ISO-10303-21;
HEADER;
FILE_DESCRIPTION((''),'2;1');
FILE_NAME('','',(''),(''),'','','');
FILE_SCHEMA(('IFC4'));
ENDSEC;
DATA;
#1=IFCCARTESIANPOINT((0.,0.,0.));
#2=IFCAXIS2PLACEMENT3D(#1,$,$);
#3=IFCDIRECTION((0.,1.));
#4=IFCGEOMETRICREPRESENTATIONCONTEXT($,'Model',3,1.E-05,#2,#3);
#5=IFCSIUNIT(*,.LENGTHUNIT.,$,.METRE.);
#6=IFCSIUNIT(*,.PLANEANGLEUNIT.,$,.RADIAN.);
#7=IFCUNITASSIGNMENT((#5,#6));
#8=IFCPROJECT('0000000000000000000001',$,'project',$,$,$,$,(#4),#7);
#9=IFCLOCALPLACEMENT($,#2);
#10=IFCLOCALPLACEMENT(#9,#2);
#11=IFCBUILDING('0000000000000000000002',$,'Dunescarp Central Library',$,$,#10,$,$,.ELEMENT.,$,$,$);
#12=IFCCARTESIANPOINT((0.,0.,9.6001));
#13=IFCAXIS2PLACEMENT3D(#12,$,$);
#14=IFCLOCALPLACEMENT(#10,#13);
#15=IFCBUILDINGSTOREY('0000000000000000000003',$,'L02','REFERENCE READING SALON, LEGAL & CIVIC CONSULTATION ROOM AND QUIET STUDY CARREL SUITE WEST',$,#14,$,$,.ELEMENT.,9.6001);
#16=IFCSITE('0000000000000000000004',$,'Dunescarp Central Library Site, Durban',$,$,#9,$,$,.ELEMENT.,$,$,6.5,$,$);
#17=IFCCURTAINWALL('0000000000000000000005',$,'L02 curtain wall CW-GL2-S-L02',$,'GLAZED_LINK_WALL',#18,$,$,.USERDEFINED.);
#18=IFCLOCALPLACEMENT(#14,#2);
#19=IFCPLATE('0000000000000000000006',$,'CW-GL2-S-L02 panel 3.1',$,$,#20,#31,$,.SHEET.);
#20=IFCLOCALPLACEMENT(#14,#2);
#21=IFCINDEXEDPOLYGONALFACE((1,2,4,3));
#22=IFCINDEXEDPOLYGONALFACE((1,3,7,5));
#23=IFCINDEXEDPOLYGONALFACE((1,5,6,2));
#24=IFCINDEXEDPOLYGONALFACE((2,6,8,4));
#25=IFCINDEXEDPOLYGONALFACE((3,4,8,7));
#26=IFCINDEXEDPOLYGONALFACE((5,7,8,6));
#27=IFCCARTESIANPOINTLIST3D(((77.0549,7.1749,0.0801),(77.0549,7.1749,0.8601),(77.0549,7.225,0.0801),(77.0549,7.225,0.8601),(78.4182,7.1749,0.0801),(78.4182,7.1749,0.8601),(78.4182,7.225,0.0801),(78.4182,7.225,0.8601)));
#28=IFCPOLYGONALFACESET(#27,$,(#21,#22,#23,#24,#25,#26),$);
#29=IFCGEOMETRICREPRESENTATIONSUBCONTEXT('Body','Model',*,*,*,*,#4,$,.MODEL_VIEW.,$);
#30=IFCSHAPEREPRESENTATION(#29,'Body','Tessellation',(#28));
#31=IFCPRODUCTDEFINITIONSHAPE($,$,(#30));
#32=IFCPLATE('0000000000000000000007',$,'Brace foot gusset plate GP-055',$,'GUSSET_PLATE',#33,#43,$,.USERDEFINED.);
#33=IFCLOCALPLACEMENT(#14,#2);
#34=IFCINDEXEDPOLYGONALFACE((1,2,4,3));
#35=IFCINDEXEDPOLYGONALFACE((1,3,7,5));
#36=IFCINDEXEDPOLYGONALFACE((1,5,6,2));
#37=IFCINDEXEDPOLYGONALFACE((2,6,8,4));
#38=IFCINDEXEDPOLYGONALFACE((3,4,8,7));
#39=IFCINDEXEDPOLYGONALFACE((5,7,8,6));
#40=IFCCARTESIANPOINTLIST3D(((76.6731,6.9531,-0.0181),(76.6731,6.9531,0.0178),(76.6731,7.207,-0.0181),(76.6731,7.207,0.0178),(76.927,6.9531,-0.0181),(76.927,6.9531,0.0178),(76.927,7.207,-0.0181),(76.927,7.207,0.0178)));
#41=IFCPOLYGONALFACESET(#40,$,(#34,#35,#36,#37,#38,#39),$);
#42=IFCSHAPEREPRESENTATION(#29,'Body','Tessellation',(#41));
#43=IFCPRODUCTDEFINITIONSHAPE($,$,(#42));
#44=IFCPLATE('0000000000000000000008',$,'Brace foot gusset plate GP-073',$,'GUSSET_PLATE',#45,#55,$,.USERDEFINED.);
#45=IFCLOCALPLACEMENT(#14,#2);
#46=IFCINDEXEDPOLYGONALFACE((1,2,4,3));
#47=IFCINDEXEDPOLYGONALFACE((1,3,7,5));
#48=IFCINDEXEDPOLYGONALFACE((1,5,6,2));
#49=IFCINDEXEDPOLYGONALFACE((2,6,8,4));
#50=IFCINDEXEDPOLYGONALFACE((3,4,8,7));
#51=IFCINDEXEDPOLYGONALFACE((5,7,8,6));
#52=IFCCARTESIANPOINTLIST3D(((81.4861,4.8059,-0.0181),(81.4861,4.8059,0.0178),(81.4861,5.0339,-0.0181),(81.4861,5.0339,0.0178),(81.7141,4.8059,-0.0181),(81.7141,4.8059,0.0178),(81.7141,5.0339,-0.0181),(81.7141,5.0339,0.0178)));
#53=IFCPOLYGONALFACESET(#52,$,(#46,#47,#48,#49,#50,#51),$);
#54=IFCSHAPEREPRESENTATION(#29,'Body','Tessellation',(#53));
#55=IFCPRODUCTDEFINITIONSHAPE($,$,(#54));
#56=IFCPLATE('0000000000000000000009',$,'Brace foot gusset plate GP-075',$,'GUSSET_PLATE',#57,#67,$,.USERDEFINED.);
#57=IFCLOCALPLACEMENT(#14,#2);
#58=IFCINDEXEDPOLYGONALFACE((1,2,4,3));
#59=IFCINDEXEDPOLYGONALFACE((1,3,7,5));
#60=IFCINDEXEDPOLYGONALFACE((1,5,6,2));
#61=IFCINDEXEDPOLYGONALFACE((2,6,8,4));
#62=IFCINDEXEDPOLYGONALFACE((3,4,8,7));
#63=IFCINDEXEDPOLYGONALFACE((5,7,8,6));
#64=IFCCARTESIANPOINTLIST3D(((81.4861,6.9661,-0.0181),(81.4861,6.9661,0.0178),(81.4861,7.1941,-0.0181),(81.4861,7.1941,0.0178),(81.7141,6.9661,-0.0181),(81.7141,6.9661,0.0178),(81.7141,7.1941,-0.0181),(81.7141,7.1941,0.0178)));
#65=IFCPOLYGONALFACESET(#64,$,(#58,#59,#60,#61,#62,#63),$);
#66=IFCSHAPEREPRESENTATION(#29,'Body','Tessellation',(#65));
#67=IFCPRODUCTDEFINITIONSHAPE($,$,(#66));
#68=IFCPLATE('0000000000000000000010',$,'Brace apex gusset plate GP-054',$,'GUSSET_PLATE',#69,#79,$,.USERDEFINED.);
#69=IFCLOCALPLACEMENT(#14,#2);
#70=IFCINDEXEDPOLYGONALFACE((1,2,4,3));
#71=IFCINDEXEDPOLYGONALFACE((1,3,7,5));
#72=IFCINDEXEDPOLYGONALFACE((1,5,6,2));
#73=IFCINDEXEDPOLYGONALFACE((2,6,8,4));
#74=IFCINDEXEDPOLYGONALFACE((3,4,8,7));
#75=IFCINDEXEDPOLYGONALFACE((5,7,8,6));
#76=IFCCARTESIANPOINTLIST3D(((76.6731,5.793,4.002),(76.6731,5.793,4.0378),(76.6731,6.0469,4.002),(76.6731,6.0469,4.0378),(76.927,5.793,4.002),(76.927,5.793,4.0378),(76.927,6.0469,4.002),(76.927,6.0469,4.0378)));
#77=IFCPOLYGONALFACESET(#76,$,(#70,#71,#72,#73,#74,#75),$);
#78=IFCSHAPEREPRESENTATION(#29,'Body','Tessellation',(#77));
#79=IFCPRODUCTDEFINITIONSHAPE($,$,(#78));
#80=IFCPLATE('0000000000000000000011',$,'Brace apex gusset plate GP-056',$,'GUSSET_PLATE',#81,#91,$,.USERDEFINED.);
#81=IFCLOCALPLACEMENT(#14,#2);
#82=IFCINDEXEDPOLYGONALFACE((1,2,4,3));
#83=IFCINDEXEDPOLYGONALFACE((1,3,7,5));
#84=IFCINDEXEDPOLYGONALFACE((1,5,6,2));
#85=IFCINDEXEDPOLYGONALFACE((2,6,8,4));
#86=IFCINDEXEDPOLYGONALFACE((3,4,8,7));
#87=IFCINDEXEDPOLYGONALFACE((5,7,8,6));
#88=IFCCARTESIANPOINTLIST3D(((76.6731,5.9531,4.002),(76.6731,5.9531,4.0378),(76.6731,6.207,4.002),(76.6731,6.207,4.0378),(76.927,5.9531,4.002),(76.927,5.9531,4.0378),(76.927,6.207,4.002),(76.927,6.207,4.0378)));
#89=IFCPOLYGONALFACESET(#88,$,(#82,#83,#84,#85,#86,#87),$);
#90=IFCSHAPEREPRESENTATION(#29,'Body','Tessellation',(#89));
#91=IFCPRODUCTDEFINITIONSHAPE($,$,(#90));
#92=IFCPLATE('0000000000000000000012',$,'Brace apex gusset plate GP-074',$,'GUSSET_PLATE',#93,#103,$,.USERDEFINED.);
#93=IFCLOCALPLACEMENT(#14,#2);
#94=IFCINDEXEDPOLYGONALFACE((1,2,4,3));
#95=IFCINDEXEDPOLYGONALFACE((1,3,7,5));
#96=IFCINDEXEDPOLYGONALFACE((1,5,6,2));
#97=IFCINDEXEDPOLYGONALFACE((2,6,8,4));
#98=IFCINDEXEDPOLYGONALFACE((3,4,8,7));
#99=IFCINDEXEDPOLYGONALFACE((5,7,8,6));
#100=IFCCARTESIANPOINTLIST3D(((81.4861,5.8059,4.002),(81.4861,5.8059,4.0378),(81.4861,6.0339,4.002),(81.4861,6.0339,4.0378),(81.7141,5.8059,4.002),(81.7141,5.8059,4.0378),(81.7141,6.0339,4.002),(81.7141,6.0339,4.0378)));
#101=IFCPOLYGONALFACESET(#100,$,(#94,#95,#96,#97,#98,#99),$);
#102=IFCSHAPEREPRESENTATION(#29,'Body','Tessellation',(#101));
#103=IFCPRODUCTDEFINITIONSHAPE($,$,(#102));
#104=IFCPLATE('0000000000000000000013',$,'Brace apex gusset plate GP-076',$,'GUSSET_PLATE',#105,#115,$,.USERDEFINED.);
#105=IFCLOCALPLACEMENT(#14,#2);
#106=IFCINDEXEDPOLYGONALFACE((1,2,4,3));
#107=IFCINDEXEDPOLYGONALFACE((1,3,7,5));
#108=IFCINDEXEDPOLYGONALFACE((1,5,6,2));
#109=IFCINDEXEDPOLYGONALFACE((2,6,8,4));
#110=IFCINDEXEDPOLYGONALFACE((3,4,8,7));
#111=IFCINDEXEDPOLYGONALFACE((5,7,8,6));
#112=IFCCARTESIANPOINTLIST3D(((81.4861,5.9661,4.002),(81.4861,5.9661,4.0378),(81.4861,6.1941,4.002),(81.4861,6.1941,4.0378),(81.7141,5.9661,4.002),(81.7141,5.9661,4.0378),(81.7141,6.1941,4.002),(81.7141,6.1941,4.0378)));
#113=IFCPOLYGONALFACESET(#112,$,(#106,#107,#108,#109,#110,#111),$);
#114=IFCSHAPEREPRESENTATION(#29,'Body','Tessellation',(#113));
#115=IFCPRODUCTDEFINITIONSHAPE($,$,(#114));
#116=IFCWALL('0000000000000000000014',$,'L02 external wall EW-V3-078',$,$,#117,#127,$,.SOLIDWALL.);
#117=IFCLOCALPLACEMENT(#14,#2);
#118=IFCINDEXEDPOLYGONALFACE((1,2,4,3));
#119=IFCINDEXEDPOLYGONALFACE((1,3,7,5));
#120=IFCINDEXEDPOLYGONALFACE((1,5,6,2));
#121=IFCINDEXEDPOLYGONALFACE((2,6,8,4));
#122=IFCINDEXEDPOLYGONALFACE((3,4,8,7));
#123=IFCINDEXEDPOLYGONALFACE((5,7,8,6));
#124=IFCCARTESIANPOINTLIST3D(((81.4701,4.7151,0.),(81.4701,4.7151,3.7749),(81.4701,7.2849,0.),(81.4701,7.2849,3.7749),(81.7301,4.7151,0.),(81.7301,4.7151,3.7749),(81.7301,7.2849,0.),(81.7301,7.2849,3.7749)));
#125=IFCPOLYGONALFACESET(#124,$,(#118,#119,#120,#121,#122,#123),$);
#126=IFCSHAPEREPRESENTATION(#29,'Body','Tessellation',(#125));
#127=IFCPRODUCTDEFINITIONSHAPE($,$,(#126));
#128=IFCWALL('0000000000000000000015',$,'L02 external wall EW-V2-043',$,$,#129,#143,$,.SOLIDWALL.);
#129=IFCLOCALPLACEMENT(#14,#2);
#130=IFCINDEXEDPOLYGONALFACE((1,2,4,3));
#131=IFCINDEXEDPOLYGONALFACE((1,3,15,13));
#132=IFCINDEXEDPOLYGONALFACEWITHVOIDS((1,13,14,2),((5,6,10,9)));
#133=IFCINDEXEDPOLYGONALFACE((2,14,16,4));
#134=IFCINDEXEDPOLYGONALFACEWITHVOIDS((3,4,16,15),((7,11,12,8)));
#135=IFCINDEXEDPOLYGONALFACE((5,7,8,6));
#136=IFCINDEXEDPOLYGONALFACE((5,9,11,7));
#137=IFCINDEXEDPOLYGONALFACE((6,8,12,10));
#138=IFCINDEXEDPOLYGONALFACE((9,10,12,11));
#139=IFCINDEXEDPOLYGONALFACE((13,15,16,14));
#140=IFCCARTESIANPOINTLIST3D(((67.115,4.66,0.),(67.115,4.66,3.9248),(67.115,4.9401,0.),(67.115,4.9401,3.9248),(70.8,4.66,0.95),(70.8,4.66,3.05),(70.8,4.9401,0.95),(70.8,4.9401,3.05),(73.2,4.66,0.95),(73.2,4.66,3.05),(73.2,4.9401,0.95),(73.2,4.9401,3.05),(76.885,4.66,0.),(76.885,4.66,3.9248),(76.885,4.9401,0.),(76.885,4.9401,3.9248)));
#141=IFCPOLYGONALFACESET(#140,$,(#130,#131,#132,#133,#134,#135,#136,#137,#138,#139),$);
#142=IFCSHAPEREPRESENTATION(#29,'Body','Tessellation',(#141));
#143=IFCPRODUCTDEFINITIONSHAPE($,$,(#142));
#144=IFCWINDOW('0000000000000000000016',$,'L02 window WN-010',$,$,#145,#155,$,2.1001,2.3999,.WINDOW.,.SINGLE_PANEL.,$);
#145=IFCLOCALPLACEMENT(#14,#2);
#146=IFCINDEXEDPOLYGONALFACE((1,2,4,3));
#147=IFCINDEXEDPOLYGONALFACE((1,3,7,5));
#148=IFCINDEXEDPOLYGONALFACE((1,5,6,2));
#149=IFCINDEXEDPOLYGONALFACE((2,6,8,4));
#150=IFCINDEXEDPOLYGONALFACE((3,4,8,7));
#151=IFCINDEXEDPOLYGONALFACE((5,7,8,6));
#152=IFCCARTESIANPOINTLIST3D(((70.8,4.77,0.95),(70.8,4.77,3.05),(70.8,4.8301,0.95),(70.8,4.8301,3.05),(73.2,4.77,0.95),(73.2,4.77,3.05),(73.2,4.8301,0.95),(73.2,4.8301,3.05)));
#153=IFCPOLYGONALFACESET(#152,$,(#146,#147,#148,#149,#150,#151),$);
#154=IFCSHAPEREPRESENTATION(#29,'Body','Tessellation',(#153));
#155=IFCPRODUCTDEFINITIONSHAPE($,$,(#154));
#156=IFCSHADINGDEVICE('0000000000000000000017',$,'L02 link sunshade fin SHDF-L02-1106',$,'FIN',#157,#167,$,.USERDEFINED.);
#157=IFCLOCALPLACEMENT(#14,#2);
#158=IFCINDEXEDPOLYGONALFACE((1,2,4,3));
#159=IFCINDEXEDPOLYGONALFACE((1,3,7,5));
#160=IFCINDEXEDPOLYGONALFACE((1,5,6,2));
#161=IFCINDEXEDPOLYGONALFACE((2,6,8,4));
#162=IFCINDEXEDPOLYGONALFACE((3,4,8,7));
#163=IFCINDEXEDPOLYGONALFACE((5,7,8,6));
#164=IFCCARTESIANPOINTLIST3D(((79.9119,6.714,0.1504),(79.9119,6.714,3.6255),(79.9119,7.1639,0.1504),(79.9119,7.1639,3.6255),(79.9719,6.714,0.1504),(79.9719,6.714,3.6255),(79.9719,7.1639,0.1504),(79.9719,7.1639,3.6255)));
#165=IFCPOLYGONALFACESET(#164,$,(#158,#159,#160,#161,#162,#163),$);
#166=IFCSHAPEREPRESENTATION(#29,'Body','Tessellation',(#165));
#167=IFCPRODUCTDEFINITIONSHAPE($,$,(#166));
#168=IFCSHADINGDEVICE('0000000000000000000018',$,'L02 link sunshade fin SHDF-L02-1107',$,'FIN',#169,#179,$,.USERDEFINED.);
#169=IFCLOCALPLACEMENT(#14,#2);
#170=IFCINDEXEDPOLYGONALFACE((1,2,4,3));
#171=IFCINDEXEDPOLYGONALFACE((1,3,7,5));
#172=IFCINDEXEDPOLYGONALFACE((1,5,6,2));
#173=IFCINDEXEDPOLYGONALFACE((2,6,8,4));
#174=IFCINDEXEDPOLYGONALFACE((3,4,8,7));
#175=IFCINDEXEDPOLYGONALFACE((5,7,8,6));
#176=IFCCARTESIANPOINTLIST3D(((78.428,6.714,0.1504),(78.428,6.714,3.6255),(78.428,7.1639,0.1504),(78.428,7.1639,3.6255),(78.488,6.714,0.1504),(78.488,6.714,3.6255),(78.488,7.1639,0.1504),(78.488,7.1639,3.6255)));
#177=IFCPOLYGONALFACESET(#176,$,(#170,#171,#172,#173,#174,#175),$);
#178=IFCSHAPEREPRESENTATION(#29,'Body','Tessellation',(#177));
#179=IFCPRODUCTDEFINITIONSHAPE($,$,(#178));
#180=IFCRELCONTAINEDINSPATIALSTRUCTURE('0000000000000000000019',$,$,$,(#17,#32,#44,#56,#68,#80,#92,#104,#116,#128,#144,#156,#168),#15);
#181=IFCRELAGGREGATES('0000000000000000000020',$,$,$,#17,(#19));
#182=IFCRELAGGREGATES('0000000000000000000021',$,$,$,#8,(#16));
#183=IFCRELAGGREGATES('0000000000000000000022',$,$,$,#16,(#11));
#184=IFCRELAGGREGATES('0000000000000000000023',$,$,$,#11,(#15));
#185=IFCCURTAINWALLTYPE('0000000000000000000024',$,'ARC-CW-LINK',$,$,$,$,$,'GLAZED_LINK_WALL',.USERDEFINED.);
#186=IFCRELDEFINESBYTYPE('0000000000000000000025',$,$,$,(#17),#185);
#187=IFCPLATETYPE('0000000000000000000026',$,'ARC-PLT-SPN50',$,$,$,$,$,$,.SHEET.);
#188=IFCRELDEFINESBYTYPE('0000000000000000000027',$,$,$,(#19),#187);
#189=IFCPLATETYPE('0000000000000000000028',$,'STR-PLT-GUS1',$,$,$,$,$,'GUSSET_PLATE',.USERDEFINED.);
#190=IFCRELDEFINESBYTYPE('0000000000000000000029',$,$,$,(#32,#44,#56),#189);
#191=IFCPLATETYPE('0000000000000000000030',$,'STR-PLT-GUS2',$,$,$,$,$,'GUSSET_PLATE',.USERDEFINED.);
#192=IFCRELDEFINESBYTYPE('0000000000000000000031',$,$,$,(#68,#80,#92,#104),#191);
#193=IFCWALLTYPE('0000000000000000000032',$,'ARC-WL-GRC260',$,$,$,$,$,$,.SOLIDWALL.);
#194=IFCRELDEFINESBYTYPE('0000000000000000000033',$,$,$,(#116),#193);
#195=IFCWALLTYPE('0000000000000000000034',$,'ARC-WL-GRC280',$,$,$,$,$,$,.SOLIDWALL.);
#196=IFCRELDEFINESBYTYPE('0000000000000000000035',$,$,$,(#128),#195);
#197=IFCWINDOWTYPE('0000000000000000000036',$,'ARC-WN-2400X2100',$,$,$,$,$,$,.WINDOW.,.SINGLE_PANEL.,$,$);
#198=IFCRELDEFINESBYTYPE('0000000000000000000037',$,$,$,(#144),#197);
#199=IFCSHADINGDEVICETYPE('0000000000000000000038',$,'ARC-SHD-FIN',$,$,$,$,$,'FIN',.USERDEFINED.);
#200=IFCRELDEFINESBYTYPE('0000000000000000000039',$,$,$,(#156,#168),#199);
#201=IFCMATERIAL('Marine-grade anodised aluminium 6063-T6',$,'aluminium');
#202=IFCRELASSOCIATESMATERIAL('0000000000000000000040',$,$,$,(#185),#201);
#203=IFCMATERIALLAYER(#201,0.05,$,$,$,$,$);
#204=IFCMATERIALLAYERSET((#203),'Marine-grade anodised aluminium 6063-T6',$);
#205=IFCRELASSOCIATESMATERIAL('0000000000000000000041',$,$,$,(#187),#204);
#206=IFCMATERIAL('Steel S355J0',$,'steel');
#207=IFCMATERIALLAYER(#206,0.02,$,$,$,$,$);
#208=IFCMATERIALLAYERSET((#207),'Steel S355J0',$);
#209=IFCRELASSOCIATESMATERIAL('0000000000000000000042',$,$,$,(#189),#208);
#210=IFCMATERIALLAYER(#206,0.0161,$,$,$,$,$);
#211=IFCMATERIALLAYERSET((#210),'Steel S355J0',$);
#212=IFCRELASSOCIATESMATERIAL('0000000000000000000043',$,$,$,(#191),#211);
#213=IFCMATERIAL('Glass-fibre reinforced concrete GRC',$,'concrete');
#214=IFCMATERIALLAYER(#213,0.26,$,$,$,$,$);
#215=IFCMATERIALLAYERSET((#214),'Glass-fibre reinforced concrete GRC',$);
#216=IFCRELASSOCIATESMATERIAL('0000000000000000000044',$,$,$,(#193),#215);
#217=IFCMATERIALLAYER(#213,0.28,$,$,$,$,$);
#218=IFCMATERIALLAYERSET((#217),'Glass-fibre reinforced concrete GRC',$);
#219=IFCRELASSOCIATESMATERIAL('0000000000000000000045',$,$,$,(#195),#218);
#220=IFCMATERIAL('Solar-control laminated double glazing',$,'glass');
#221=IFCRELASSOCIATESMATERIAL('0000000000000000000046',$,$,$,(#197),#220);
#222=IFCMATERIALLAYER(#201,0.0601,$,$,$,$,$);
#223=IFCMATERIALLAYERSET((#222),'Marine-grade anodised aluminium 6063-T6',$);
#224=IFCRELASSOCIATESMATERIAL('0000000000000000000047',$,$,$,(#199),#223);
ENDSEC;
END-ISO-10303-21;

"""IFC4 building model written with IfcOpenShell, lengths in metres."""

from ifc_helpers import new_model, si_unit, direction, frame, frame_2d, origin, origin_2d, place, context, subcontext, project, spatial, rectangle, extrude, material, layer, layer_set, type_object, element, fill, aggregate, save


model = new_model("IFC4")

# Units and contexts
model_context = context("Model", 3, precision=1e-05, world=origin(), true_north=direction((0.0, 1.0)))
body_context = subcontext(model_context, "Body", "Model", "MODEL_VIEW")
ifc_project = project(units=[si_unit("LENGTHUNIT", "METRE"), si_unit("PLANEANGLEUNIT", "RADIAN")], contexts=[model_context])

# Site, building, storey
site_placement = place(None, origin())
site = spatial("IfcSite", under=ifc_project, at=site_placement, Name="Dunescarp Central Library Site, Durban", CompositionType="ELEMENT", RefElevation=6.5)
building_placement = place(site_placement, origin())
building = spatial("IfcBuilding", under=site, at=building_placement, Name="Dunescarp Central Library", CompositionType="ELEMENT")
storey_placement = place(building_placement, frame((0.0, 0.0, 9.6001)))
storey = spatial("IfcBuildingStorey", under=building, at=storey_placement, Name="L02", Description="REFERENCE READING SALON, LEGAL & CIVIC CONSULTATION ROOM AND QUIET STUDY CARREL SUITE WEST", CompositionType="ELEMENT", Elevation=9.6001)

# Curtain wall
ifc_material_1 = material(Name="Marine-grade anodised aluminium 6063-T6", Category="aluminium")
curtain_wall_type = type_object("IfcCurtainWallType", Name="ARC-CW-LINK", ElementType="GLAZED_LINK_WALL", PredefinedType="USERDEFINED", material=ifc_material_1)
curtain_wall_placement = place(storey_placement, origin())
curtain_wall = element("IfcCurtainWall", 1, at=curtain_wall_placement, inside=storey, type_object=curtain_wall_type, Name="L02 curtain wall CW-GL2-S-L02", ObjectType="GLAZED_LINK_WALL", PredefinedType="USERDEFINED")

# Shared definitions
ifc_material_2 = material(Name="Steel S355J0", Category="steel")

# Plate
ifc_material_3 = material(Name="Solar-control laminated double glazing", Category="glass")
ifc_layer_1 = layer(ifc_material_1, 0.05)
ifc_layer_set_1 = layer_set([ifc_layer_1], Name="Marine-grade anodised aluminium 6063-T6")
plate_type_1 = type_object("IfcPlateType", Name="ARC-PLT-SPN50", PredefinedType="SHEET", material=ifc_layer_set_1)
plate_1_placement = place(storey_placement, frame((77.7366, 7.2, 0.0801), z_axis=(0.0, 0.0, 1.0), x_axis=(-1.0, 0.0, 0.0)))
plate_1 = element("IfcPlate", 2, at=plate_1_placement, type_object=plate_type_1, Name="CW-GL2-S-L02 panel 3.1", PredefinedType="SHEET", context=body_context, shape_type="SweptSolid", body=[
    extrude(rectangle(XDim=1.3633, YDim=0.05, at=origin_2d()), origin(), (0.0, 0.0, 1.0), 0.78),
])
aggregate(curtain_wall, [plate_1])

# Plates
ifc_layer_2 = layer(ifc_material_2, 0.02)
ifc_layer_set_2 = layer_set([ifc_layer_2], Name="Steel S355J0")
plate_type_2 = type_object("IfcPlateType", Name="STR-PLT-GUS1", ElementType="GUSSET_PLATE", PredefinedType="USERDEFINED", material=ifc_layer_set_2)
plate_2_placement = place(storey_placement, frame((76.8, 7.0801, -0.0181), z_axis=(0.0, 0.0, 1.0), x_axis=(1.0, 0.0, 0.0)))
element("IfcPlate", 3, at=plate_2_placement, inside=storey, type_object=plate_type_2, Name="Brace foot gusset plate GP-055", ObjectType="GUSSET_PLATE", PredefinedType="USERDEFINED", context=body_context, shape_type="SweptSolid", body=[
    extrude(rectangle(XDim=0.2539, YDim=0.2539, at=origin_2d()), origin(), (0.0, 0.0, 1.0), 0.0359),
])
for number, where, z_axis, x_axis, name in (
    (4, (81.6001, 4.9199, -0.0181), (0.0, 0.0, 1.0), (1.0, 0.0, 0.0), "Brace foot gusset plate GP-073"),
    (5, (81.6001, 7.0801, -0.0181), (0.0, 0.0, 1.0), (1.0, 0.0, 0.0), "Brace foot gusset plate GP-075"),
):
    element("IfcPlate", number, at=place(storey_placement, frame(where, z_axis=z_axis, x_axis=x_axis)), inside=storey, type_object=plate_type_2, Name=name, ObjectType="GUSSET_PLATE", PredefinedType="USERDEFINED", context=body_context, shape_type="SweptSolid", body=[
        extrude(rectangle(XDim=0.228, YDim=0.228, at=origin_2d()), origin(), (0.0, 0.0, 1.0), 0.0359),
    ])
ifc_layer_3 = layer(ifc_material_2, 0.0161)
ifc_layer_set_3 = layer_set([ifc_layer_3], Name="Steel S355J0")
plate_type_3 = type_object("IfcPlateType", Name="STR-PLT-GUS2", ElementType="GUSSET_PLATE", PredefinedType="USERDEFINED", material=ifc_layer_set_3)
for number, where, z_axis, x_axis, name in (
    (6, (76.8, 5.9199, 4.002), (0.0, 0.0, 1.0), (1.0, 0.0, 0.0), "Brace apex gusset plate GP-054"),
    (7, (76.8, 6.0801, 4.002), (0.0, 0.0, 1.0), (1.0, 0.0, 0.0), "Brace apex gusset plate GP-056"),
):
    element("IfcPlate", number, at=place(storey_placement, frame(where, z_axis=z_axis, x_axis=x_axis)), inside=storey, type_object=plate_type_3, Name=name, ObjectType="GUSSET_PLATE", PredefinedType="USERDEFINED", context=body_context, shape_type="SweptSolid", body=[
        extrude(rectangle(XDim=0.2539, YDim=0.2539, at=origin_2d()), origin(), (0.0, 0.0, 1.0), 0.0359),
    ])
for number, where, z_axis, x_axis, name in (
    (8, (81.6001, 5.9199, 4.002), (0.0, 0.0, 1.0), (1.0, 0.0, 0.0), "Brace apex gusset plate GP-074"),
    (9, (81.6001, 6.0801, 4.002), (0.0, 0.0, 1.0), (1.0, 0.0, 0.0), "Brace apex gusset plate GP-076"),
):
    element("IfcPlate", number, at=place(storey_placement, frame(where, z_axis=z_axis, x_axis=x_axis)), inside=storey, type_object=plate_type_3, Name=name, ObjectType="GUSSET_PLATE", PredefinedType="USERDEFINED", context=body_context, shape_type="SweptSolid", body=[
        extrude(rectangle(XDim=0.228, YDim=0.228, at=origin_2d()), origin(), (0.0, 0.0, 1.0), 0.0359),
    ])

# Wall
ifc_material_4 = material(Name="Glass-fibre reinforced concrete GRC", Category="concrete")
ifc_layer_4 = layer(ifc_material_4, 0.26)
ifc_layer_set_4 = layer_set([ifc_layer_4], Name="Glass-fibre reinforced concrete GRC")
wall_type_1 = type_object("IfcWallType", Name="ARC-WL-GRC260", PredefinedType="SOLIDWALL", material=ifc_layer_set_4)
wall_1_placement = place(storey_placement, frame((81.6001, 4.7151, 0.0), z_axis=(0.0, 0.0, 1.0), x_axis=(0.0, 1.0, 0.0)))
element("IfcWall", 10, at=wall_1_placement, inside=storey, type_object=wall_type_1, Name="L02 external wall EW-V3-078", PredefinedType="SOLIDWALL", context=body_context, shape_type="SweptSolid", body=[
    extrude(rectangle(XDim=2.5698, YDim=0.26, at=frame_2d((1.2849, 0.0))), origin(), (0.0, 0.0, 1.0), 3.7749),
])

# Wall, opening, window
ifc_layer_5 = layer(ifc_material_4, 0.28)
ifc_layer_set_5 = layer_set([ifc_layer_5], Name="Glass-fibre reinforced concrete GRC")
wall_type_2 = type_object("IfcWallType", Name="ARC-WL-GRC280", PredefinedType="SOLIDWALL", material=ifc_layer_set_5)
wall_2_placement = place(storey_placement, frame((76.885, 4.8, 0.0), z_axis=(0.0, 0.0, 1.0), x_axis=(-1.0, 0.0, 0.0)))
wall_2 = element("IfcWall", 11, at=wall_2_placement, inside=storey, type_object=wall_type_2, Name="L02 external wall EW-V2-043", PredefinedType="SOLIDWALL", context=body_context, shape_type="SweptSolid", body=[
    extrude(rectangle(XDim=9.77, YDim=0.28, at=frame_2d((4.885, 0.0))), origin(), (0.0, 0.0, 1.0), 3.9248),
])
opening_placement = place(wall_2_placement, frame((3.6851, 0.0, 0.95)))
opening = element("IfcOpeningElement", 12, at=opening_placement, cuts=wall_2, PredefinedType="OPENING", context=body_context, shape_type="SweptSolid", body=[
    extrude(rectangle(XDim=2.3999, YDim=2.1001, at=frame_2d((1.2, 1.05))), frame((0.0, 0.1499, 0.0), z_axis=(0.0, -1.0, 0.0), x_axis=(1.0, 0.0, 0.0)), (0.0, 0.0, 1.0), 0.3),
])
window_type = type_object("IfcWindowType", Name="ARC-WN-2400X2100", PartitioningType="SINGLE_PANEL", PredefinedType="WINDOW", material=ifc_material_3)
window_placement = place(opening_placement, origin())
window = element("IfcWindow", 13, at=window_placement, inside=storey, type_object=window_type, Name="L02 window WN-010", OverallHeight=2.1001, OverallWidth=2.3999, PartitioningType="SINGLE_PANEL", PredefinedType="WINDOW", context=body_context, shape_type="SweptSolid", body=[
    extrude(rectangle(XDim=2.3999, YDim=2.1001, at=frame_2d((1.2, 1.05))), frame((0.0, 0.03, 0.0), z_axis=(0.0, -1.0, 0.0), x_axis=(1.0, 0.0, 0.0)), (0.0, 0.0, 1.0), 0.0601),
])
fill(opening, window)

# Shading devices
ifc_layer_6 = layer(ifc_material_1, 0.0601)
ifc_layer_set_6 = layer_set([ifc_layer_6], Name="Marine-grade anodised aluminium 6063-T6")
shading_device_type = type_object("IfcShadingDeviceType", Name="ARC-SHD-FIN", ElementType="FIN", PredefinedType="USERDEFINED", material=ifc_layer_set_6)
for number, where, z_axis, x_axis, name in (
    (14, (79.9419, 6.939, 0.1504), (0.0, 0.0, 1.0), (0.0, -1.0, 0.0), "L02 link sunshade fin SHDF-L02-1106"),
    (15, (78.458, 6.939, 0.1504), (0.0, 0.0, 1.0), (0.0, -1.0, 0.0), "L02 link sunshade fin SHDF-L02-1107"),
):
    element("IfcShadingDevice", number, at=place(storey_placement, frame(where, z_axis=z_axis, x_axis=x_axis)), inside=storey, type_object=shading_device_type, Name=name, ObjectType="FIN", PredefinedType="USERDEFINED", context=body_context, shape_type="SweptSolid", body=[
        extrude(rectangle(XDim=0.45, YDim=0.0601, at=origin_2d()), origin(), (0.0, 0.0, 1.0), 3.4751),
    ])

save(model, "model.ifc")
